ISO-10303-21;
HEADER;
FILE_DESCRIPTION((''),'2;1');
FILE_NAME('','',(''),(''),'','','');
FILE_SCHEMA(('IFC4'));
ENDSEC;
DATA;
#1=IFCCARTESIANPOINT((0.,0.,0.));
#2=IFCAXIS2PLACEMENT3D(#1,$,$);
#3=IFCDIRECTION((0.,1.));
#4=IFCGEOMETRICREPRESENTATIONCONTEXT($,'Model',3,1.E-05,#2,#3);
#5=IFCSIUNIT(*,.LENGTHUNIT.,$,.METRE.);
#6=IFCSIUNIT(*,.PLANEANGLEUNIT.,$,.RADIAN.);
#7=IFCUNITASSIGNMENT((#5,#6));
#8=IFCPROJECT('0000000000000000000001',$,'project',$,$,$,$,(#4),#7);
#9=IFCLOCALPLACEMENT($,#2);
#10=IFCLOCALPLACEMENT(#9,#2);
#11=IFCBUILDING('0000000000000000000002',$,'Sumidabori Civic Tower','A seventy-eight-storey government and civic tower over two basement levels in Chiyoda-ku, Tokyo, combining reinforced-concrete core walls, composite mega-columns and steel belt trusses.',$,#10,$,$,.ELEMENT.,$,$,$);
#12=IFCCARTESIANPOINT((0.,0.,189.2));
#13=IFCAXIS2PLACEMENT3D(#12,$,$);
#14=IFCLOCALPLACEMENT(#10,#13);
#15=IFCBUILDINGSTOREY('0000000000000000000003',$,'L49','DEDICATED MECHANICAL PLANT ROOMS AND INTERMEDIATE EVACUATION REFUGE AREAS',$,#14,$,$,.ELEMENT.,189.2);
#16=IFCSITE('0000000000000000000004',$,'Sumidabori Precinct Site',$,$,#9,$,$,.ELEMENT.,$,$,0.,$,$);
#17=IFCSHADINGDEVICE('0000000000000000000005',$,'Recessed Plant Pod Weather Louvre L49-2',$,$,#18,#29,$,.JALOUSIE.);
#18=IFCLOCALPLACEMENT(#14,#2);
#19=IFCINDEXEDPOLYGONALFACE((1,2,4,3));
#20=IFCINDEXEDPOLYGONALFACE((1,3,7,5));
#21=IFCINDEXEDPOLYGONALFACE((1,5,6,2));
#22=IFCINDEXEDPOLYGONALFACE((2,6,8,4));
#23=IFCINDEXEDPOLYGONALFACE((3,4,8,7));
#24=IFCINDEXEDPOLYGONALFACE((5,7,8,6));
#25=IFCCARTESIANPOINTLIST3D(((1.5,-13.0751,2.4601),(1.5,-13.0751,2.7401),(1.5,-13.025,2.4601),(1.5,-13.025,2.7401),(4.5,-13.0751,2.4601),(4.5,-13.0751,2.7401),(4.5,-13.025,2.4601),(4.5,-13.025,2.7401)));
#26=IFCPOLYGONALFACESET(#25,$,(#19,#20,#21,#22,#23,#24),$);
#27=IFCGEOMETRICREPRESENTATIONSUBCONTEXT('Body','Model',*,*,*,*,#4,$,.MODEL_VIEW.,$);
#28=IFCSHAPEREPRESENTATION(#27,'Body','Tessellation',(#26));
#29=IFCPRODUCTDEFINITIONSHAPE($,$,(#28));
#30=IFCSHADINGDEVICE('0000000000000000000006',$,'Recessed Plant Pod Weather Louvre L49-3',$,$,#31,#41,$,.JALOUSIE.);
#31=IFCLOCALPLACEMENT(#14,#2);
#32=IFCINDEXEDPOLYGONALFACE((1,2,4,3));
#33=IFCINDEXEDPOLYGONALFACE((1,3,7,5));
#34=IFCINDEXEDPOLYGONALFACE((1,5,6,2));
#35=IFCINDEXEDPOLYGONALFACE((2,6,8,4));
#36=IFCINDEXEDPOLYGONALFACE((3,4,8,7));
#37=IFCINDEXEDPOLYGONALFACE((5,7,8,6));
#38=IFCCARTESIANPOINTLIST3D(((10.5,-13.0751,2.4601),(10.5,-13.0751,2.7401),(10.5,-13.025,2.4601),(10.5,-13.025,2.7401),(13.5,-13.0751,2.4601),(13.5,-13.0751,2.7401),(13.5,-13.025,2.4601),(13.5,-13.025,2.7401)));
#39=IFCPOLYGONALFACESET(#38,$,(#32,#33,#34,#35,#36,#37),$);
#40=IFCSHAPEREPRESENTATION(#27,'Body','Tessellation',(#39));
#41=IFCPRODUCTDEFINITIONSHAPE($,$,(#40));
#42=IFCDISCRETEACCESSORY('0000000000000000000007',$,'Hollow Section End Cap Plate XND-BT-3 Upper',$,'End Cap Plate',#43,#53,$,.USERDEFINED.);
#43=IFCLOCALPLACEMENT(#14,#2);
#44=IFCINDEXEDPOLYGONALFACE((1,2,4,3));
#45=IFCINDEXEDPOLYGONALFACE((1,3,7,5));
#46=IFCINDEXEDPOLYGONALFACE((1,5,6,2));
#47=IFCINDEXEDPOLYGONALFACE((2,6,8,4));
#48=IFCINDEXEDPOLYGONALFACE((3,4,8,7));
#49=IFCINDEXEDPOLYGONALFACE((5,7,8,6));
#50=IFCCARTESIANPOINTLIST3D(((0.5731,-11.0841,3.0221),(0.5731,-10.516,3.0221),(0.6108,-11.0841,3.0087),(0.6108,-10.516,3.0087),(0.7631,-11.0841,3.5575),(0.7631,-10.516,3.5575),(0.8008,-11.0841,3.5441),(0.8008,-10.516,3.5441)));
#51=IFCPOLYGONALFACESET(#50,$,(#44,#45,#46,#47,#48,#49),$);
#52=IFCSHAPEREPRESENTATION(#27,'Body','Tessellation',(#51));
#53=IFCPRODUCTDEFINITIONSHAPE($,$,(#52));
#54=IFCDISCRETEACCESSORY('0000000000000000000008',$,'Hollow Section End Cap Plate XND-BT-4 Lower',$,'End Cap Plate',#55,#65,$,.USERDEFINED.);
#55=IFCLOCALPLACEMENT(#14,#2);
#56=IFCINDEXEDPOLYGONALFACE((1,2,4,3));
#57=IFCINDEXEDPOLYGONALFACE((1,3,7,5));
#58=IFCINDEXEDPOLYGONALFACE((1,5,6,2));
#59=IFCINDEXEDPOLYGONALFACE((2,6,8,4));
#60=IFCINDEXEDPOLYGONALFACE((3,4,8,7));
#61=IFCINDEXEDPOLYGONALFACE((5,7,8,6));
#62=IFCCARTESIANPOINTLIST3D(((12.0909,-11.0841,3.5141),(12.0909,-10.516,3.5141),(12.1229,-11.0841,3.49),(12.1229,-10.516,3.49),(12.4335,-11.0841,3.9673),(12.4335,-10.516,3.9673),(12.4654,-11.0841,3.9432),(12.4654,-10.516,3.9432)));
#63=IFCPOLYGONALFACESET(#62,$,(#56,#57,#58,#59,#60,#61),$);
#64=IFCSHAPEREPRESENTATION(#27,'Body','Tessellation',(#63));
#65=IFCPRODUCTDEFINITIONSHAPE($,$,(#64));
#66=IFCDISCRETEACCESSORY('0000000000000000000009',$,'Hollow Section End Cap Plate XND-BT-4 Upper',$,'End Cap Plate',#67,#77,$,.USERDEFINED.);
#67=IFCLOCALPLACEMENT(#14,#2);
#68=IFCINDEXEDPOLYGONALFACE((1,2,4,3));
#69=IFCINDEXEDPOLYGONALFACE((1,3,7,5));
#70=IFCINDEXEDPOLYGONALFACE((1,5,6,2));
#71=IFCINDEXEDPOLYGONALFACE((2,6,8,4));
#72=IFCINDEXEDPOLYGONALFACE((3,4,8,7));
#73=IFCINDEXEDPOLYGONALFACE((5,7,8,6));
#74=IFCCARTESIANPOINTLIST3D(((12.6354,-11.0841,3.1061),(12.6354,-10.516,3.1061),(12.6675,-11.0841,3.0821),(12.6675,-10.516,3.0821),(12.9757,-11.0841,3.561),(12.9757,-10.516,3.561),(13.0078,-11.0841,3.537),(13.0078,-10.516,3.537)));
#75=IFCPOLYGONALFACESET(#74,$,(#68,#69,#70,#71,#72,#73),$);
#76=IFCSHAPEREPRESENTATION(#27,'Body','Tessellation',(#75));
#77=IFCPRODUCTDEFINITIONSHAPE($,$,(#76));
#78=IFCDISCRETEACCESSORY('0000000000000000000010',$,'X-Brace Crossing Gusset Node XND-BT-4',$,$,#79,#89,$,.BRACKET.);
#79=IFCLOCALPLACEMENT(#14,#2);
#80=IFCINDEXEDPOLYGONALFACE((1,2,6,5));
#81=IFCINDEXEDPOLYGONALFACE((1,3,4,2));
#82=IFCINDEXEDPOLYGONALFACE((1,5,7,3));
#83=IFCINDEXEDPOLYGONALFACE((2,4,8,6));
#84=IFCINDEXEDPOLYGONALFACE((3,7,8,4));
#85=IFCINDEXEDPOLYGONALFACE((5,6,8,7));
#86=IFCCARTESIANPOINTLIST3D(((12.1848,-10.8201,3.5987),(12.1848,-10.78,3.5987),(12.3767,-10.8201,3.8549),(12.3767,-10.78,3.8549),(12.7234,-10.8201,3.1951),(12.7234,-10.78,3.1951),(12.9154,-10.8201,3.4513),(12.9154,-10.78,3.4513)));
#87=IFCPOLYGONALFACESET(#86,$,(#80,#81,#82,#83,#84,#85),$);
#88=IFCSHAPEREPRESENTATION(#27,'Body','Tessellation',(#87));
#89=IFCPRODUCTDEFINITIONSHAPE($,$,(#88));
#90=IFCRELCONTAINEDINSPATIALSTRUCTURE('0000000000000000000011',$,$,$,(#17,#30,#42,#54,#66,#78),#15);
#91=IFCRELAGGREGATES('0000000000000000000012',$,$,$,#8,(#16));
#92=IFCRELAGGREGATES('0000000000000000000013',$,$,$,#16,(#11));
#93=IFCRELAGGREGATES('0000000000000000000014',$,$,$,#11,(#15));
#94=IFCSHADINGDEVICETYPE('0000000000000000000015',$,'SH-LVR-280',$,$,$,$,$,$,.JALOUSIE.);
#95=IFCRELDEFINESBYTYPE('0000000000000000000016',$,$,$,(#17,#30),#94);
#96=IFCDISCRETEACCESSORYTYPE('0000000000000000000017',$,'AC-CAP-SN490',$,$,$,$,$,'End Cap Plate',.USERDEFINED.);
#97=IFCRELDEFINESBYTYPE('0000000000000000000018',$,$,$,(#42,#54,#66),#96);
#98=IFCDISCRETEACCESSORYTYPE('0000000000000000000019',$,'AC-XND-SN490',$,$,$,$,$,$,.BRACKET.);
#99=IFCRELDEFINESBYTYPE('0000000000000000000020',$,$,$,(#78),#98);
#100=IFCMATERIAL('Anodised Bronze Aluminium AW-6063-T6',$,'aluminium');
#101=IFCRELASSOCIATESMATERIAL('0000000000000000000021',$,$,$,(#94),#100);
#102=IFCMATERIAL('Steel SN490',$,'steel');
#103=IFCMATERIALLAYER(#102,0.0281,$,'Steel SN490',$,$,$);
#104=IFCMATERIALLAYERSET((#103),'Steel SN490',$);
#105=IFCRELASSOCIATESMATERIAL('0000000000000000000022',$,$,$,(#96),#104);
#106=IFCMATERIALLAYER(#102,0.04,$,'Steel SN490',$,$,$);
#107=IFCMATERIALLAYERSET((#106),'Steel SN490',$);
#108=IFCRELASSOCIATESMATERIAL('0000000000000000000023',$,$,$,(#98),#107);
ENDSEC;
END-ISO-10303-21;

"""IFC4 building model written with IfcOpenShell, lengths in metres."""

from ifc_helpers import new_model, si_unit, direction, frame, origin, origin_2d, place, context, subcontext, project, spatial, rectangle, extrude, source, transform, mapped, material, layer, layer_set, material_profile, profile_set, type_object, element, save


model = new_model("IFC4")

# Units and contexts
model_context = context("Model", 3, precision=1e-05, world=origin(), true_north=direction((0.0, 1.0)))
body_context = subcontext(model_context, "Body", "Model", "MODEL_VIEW")
ifc_project = project(units=[si_unit("LENGTHUNIT", "METRE"), si_unit("PLANEANGLEUNIT", "RADIAN")], contexts=[model_context])

# Site, building, storey
site_placement = place(None, origin())
site = spatial("IfcSite", under=ifc_project, at=site_placement, Name="Sumidabori Precinct Site", CompositionType="ELEMENT", RefElevation=0.0)
building_placement = place(site_placement, origin())
building = spatial("IfcBuilding", under=site, at=building_placement, Name="Sumidabori Civic Tower", Description="A seventy-eight-storey government and civic tower over two basement levels in Chiyoda-ku, Tokyo, combining reinforced-concrete core walls, composite mega-columns and steel belt trusses.", CompositionType="ELEMENT")
storey_placement = place(building_placement, frame((0.0, 0.0, 189.2)))
storey = spatial("IfcBuildingStorey", under=building, at=storey_placement, Name="L49", Description="DEDICATED MECHANICAL PLANT ROOMS AND INTERMEDIATE EVACUATION REFUGE AREAS", CompositionType="ELEMENT", Elevation=189.2)

# Shared definitions
ifc_material_1 = material(Name="Steel SN490", Category="steel")

# Shared definitions
ifc_material_2 = material(Name="Anodised Bronze Aluminium AW-6063-T6", Category="aluminium")

# Shading devices
ifc_material_profile_1 = material_profile(ifc_material_2, rectangle(XDim=0.05, YDim=0.28, at=origin_2d()), Name="BRONZE LOUVRE 280x50")
ifc_profile_set_1 = profile_set([ifc_material_profile_1], Name="Anodised Bronze Aluminium AW-6063-T6")
shading_device_type = type_object("IfcShadingDeviceType", Name="SH-LVR-280", PredefinedType="JALOUSIE", material=ifc_profile_set_1)
shared_shape_1 = source(origin(), body_context, "Body", "SweptSolid", [
    extrude(rectangle(XDim=0.05, YDim=0.28, at=origin_2d()), origin(), (0.0, 0.0, 1.0), 3.0),
])
for number, where, z_axis, x_axis, name in (
    (1, (1.5, -13.05, 2.6001), (1.0, 0.0, 0.0), (0.0, 1.0, 0.0), "Recessed Plant Pod Weather Louvre L49-2"),
    (2, (10.5, -13.05, 2.6001), (1.0, 0.0, 0.0), (0.0, 1.0, 0.0), "Recessed Plant Pod Weather Louvre L49-3"),
):
    element("IfcShadingDevice", number, at=place(storey_placement, frame(where, z_axis=z_axis, x_axis=x_axis)), inside=storey, type_object=shading_device_type, Name=name, PredefinedType="JALOUSIE", context=body_context, shape_type="MappedRepresentation", body=[
        mapped(shared_shape_1, transform((0.0, 0.0, 0.0), x_axis=(1.0, 0.0, 0.0), y_axis=(0.0, 1.0, 0.0), z_axis=(0.0, 0.0, 1.0), scale=1.0)),
    ])

# Discrete accessories
ifc_layer_1 = layer(ifc_material_1, 0.0281, Name="Steel SN490")
ifc_layer_set_1 = layer_set([ifc_layer_1], Name="Steel SN490")
discrete_accessory_type_1 = type_object("IfcDiscreteAccessoryType", Name="AC-CAP-SN490", ElementType="End Cap Plate", PredefinedType="USERDEFINED", material=ifc_layer_set_1)
shared_shape_2 = source(origin(), body_context, "Body", "SweptSolid", [
    extrude(rectangle(XDim=0.5681, YDim=0.5681, at=origin_2d()), origin(), (0.0, 0.0, 1.0), 0.04),
])
for number, where, z_axis, x_axis, name in (
    (3, (0.7058, -10.8, 3.2764), (-0.942428, 0.0, 0.33441), (0.0, -1.0, 0.0), "Hollow Section End Cap Plate XND-BT-3 Upper"),
    (4, (12.2622, -10.8, 3.7407), (0.797802, 0.0, -0.602919), (0.0, 1.0, 0.0), "Hollow Section End Cap Plate XND-BT-4 Lower"),
    (5, (12.8376, -10.8, 3.3096), (-0.800733, 0.0, 0.599022), (0.0, -1.0, 0.0), "Hollow Section End Cap Plate XND-BT-4 Upper"),
):
    element("IfcDiscreteAccessory", number, at=place(storey_placement, frame(where, z_axis=z_axis, x_axis=x_axis)), inside=storey, type_object=discrete_accessory_type_1, Name=name, ObjectType="End Cap Plate", PredefinedType="USERDEFINED", context=body_context, shape_type="MappedRepresentation", body=[
        mapped(shared_shape_2, transform((0.0, 0.0, 0.0), x_axis=(1.0, 0.0, 0.0), y_axis=(0.0, 1.0, 0.0), z_axis=(0.0, 0.0, 1.0), scale=1.0)),
    ])
ifc_layer_2 = layer(ifc_material_1, 0.04, Name="Steel SN490")
ifc_layer_set_2 = layer_set([ifc_layer_2], Name="Steel SN490")
discrete_accessory_type_2 = type_object("IfcDiscreteAccessoryType", Name="AC-XND-SN490", PredefinedType="BRACKET", material=ifc_layer_set_2)
shared_shape_3 = source(origin(), body_context, "Body", "SweptSolid", [
    extrude(rectangle(XDim=0.04, YDim=0.3201, at=origin_2d()), origin(), (0.0, 0.0, 1.0), 0.6731),
])
discrete_accessory_placement = place(storey_placement, frame((12.2808, -10.8, 3.7268), z_axis=(0.800261, 0.0, -0.599652), x_axis=(0.0, 1.0, 0.0)))
element("IfcDiscreteAccessory", 6, at=discrete_accessory_placement, inside=storey, type_object=discrete_accessory_type_2, Name="X-Brace Crossing Gusset Node XND-BT-4", PredefinedType="BRACKET", context=body_context, shape_type="MappedRepresentation", body=[
    mapped(shared_shape_3, transform((0.0, 0.0, 0.0), x_axis=(1.0, 0.0, 0.0), y_axis=(0.0, 1.0, 0.0), z_axis=(0.0, 0.0, 1.0), scale=1.0)),
])

save(model, "model.ifc")
